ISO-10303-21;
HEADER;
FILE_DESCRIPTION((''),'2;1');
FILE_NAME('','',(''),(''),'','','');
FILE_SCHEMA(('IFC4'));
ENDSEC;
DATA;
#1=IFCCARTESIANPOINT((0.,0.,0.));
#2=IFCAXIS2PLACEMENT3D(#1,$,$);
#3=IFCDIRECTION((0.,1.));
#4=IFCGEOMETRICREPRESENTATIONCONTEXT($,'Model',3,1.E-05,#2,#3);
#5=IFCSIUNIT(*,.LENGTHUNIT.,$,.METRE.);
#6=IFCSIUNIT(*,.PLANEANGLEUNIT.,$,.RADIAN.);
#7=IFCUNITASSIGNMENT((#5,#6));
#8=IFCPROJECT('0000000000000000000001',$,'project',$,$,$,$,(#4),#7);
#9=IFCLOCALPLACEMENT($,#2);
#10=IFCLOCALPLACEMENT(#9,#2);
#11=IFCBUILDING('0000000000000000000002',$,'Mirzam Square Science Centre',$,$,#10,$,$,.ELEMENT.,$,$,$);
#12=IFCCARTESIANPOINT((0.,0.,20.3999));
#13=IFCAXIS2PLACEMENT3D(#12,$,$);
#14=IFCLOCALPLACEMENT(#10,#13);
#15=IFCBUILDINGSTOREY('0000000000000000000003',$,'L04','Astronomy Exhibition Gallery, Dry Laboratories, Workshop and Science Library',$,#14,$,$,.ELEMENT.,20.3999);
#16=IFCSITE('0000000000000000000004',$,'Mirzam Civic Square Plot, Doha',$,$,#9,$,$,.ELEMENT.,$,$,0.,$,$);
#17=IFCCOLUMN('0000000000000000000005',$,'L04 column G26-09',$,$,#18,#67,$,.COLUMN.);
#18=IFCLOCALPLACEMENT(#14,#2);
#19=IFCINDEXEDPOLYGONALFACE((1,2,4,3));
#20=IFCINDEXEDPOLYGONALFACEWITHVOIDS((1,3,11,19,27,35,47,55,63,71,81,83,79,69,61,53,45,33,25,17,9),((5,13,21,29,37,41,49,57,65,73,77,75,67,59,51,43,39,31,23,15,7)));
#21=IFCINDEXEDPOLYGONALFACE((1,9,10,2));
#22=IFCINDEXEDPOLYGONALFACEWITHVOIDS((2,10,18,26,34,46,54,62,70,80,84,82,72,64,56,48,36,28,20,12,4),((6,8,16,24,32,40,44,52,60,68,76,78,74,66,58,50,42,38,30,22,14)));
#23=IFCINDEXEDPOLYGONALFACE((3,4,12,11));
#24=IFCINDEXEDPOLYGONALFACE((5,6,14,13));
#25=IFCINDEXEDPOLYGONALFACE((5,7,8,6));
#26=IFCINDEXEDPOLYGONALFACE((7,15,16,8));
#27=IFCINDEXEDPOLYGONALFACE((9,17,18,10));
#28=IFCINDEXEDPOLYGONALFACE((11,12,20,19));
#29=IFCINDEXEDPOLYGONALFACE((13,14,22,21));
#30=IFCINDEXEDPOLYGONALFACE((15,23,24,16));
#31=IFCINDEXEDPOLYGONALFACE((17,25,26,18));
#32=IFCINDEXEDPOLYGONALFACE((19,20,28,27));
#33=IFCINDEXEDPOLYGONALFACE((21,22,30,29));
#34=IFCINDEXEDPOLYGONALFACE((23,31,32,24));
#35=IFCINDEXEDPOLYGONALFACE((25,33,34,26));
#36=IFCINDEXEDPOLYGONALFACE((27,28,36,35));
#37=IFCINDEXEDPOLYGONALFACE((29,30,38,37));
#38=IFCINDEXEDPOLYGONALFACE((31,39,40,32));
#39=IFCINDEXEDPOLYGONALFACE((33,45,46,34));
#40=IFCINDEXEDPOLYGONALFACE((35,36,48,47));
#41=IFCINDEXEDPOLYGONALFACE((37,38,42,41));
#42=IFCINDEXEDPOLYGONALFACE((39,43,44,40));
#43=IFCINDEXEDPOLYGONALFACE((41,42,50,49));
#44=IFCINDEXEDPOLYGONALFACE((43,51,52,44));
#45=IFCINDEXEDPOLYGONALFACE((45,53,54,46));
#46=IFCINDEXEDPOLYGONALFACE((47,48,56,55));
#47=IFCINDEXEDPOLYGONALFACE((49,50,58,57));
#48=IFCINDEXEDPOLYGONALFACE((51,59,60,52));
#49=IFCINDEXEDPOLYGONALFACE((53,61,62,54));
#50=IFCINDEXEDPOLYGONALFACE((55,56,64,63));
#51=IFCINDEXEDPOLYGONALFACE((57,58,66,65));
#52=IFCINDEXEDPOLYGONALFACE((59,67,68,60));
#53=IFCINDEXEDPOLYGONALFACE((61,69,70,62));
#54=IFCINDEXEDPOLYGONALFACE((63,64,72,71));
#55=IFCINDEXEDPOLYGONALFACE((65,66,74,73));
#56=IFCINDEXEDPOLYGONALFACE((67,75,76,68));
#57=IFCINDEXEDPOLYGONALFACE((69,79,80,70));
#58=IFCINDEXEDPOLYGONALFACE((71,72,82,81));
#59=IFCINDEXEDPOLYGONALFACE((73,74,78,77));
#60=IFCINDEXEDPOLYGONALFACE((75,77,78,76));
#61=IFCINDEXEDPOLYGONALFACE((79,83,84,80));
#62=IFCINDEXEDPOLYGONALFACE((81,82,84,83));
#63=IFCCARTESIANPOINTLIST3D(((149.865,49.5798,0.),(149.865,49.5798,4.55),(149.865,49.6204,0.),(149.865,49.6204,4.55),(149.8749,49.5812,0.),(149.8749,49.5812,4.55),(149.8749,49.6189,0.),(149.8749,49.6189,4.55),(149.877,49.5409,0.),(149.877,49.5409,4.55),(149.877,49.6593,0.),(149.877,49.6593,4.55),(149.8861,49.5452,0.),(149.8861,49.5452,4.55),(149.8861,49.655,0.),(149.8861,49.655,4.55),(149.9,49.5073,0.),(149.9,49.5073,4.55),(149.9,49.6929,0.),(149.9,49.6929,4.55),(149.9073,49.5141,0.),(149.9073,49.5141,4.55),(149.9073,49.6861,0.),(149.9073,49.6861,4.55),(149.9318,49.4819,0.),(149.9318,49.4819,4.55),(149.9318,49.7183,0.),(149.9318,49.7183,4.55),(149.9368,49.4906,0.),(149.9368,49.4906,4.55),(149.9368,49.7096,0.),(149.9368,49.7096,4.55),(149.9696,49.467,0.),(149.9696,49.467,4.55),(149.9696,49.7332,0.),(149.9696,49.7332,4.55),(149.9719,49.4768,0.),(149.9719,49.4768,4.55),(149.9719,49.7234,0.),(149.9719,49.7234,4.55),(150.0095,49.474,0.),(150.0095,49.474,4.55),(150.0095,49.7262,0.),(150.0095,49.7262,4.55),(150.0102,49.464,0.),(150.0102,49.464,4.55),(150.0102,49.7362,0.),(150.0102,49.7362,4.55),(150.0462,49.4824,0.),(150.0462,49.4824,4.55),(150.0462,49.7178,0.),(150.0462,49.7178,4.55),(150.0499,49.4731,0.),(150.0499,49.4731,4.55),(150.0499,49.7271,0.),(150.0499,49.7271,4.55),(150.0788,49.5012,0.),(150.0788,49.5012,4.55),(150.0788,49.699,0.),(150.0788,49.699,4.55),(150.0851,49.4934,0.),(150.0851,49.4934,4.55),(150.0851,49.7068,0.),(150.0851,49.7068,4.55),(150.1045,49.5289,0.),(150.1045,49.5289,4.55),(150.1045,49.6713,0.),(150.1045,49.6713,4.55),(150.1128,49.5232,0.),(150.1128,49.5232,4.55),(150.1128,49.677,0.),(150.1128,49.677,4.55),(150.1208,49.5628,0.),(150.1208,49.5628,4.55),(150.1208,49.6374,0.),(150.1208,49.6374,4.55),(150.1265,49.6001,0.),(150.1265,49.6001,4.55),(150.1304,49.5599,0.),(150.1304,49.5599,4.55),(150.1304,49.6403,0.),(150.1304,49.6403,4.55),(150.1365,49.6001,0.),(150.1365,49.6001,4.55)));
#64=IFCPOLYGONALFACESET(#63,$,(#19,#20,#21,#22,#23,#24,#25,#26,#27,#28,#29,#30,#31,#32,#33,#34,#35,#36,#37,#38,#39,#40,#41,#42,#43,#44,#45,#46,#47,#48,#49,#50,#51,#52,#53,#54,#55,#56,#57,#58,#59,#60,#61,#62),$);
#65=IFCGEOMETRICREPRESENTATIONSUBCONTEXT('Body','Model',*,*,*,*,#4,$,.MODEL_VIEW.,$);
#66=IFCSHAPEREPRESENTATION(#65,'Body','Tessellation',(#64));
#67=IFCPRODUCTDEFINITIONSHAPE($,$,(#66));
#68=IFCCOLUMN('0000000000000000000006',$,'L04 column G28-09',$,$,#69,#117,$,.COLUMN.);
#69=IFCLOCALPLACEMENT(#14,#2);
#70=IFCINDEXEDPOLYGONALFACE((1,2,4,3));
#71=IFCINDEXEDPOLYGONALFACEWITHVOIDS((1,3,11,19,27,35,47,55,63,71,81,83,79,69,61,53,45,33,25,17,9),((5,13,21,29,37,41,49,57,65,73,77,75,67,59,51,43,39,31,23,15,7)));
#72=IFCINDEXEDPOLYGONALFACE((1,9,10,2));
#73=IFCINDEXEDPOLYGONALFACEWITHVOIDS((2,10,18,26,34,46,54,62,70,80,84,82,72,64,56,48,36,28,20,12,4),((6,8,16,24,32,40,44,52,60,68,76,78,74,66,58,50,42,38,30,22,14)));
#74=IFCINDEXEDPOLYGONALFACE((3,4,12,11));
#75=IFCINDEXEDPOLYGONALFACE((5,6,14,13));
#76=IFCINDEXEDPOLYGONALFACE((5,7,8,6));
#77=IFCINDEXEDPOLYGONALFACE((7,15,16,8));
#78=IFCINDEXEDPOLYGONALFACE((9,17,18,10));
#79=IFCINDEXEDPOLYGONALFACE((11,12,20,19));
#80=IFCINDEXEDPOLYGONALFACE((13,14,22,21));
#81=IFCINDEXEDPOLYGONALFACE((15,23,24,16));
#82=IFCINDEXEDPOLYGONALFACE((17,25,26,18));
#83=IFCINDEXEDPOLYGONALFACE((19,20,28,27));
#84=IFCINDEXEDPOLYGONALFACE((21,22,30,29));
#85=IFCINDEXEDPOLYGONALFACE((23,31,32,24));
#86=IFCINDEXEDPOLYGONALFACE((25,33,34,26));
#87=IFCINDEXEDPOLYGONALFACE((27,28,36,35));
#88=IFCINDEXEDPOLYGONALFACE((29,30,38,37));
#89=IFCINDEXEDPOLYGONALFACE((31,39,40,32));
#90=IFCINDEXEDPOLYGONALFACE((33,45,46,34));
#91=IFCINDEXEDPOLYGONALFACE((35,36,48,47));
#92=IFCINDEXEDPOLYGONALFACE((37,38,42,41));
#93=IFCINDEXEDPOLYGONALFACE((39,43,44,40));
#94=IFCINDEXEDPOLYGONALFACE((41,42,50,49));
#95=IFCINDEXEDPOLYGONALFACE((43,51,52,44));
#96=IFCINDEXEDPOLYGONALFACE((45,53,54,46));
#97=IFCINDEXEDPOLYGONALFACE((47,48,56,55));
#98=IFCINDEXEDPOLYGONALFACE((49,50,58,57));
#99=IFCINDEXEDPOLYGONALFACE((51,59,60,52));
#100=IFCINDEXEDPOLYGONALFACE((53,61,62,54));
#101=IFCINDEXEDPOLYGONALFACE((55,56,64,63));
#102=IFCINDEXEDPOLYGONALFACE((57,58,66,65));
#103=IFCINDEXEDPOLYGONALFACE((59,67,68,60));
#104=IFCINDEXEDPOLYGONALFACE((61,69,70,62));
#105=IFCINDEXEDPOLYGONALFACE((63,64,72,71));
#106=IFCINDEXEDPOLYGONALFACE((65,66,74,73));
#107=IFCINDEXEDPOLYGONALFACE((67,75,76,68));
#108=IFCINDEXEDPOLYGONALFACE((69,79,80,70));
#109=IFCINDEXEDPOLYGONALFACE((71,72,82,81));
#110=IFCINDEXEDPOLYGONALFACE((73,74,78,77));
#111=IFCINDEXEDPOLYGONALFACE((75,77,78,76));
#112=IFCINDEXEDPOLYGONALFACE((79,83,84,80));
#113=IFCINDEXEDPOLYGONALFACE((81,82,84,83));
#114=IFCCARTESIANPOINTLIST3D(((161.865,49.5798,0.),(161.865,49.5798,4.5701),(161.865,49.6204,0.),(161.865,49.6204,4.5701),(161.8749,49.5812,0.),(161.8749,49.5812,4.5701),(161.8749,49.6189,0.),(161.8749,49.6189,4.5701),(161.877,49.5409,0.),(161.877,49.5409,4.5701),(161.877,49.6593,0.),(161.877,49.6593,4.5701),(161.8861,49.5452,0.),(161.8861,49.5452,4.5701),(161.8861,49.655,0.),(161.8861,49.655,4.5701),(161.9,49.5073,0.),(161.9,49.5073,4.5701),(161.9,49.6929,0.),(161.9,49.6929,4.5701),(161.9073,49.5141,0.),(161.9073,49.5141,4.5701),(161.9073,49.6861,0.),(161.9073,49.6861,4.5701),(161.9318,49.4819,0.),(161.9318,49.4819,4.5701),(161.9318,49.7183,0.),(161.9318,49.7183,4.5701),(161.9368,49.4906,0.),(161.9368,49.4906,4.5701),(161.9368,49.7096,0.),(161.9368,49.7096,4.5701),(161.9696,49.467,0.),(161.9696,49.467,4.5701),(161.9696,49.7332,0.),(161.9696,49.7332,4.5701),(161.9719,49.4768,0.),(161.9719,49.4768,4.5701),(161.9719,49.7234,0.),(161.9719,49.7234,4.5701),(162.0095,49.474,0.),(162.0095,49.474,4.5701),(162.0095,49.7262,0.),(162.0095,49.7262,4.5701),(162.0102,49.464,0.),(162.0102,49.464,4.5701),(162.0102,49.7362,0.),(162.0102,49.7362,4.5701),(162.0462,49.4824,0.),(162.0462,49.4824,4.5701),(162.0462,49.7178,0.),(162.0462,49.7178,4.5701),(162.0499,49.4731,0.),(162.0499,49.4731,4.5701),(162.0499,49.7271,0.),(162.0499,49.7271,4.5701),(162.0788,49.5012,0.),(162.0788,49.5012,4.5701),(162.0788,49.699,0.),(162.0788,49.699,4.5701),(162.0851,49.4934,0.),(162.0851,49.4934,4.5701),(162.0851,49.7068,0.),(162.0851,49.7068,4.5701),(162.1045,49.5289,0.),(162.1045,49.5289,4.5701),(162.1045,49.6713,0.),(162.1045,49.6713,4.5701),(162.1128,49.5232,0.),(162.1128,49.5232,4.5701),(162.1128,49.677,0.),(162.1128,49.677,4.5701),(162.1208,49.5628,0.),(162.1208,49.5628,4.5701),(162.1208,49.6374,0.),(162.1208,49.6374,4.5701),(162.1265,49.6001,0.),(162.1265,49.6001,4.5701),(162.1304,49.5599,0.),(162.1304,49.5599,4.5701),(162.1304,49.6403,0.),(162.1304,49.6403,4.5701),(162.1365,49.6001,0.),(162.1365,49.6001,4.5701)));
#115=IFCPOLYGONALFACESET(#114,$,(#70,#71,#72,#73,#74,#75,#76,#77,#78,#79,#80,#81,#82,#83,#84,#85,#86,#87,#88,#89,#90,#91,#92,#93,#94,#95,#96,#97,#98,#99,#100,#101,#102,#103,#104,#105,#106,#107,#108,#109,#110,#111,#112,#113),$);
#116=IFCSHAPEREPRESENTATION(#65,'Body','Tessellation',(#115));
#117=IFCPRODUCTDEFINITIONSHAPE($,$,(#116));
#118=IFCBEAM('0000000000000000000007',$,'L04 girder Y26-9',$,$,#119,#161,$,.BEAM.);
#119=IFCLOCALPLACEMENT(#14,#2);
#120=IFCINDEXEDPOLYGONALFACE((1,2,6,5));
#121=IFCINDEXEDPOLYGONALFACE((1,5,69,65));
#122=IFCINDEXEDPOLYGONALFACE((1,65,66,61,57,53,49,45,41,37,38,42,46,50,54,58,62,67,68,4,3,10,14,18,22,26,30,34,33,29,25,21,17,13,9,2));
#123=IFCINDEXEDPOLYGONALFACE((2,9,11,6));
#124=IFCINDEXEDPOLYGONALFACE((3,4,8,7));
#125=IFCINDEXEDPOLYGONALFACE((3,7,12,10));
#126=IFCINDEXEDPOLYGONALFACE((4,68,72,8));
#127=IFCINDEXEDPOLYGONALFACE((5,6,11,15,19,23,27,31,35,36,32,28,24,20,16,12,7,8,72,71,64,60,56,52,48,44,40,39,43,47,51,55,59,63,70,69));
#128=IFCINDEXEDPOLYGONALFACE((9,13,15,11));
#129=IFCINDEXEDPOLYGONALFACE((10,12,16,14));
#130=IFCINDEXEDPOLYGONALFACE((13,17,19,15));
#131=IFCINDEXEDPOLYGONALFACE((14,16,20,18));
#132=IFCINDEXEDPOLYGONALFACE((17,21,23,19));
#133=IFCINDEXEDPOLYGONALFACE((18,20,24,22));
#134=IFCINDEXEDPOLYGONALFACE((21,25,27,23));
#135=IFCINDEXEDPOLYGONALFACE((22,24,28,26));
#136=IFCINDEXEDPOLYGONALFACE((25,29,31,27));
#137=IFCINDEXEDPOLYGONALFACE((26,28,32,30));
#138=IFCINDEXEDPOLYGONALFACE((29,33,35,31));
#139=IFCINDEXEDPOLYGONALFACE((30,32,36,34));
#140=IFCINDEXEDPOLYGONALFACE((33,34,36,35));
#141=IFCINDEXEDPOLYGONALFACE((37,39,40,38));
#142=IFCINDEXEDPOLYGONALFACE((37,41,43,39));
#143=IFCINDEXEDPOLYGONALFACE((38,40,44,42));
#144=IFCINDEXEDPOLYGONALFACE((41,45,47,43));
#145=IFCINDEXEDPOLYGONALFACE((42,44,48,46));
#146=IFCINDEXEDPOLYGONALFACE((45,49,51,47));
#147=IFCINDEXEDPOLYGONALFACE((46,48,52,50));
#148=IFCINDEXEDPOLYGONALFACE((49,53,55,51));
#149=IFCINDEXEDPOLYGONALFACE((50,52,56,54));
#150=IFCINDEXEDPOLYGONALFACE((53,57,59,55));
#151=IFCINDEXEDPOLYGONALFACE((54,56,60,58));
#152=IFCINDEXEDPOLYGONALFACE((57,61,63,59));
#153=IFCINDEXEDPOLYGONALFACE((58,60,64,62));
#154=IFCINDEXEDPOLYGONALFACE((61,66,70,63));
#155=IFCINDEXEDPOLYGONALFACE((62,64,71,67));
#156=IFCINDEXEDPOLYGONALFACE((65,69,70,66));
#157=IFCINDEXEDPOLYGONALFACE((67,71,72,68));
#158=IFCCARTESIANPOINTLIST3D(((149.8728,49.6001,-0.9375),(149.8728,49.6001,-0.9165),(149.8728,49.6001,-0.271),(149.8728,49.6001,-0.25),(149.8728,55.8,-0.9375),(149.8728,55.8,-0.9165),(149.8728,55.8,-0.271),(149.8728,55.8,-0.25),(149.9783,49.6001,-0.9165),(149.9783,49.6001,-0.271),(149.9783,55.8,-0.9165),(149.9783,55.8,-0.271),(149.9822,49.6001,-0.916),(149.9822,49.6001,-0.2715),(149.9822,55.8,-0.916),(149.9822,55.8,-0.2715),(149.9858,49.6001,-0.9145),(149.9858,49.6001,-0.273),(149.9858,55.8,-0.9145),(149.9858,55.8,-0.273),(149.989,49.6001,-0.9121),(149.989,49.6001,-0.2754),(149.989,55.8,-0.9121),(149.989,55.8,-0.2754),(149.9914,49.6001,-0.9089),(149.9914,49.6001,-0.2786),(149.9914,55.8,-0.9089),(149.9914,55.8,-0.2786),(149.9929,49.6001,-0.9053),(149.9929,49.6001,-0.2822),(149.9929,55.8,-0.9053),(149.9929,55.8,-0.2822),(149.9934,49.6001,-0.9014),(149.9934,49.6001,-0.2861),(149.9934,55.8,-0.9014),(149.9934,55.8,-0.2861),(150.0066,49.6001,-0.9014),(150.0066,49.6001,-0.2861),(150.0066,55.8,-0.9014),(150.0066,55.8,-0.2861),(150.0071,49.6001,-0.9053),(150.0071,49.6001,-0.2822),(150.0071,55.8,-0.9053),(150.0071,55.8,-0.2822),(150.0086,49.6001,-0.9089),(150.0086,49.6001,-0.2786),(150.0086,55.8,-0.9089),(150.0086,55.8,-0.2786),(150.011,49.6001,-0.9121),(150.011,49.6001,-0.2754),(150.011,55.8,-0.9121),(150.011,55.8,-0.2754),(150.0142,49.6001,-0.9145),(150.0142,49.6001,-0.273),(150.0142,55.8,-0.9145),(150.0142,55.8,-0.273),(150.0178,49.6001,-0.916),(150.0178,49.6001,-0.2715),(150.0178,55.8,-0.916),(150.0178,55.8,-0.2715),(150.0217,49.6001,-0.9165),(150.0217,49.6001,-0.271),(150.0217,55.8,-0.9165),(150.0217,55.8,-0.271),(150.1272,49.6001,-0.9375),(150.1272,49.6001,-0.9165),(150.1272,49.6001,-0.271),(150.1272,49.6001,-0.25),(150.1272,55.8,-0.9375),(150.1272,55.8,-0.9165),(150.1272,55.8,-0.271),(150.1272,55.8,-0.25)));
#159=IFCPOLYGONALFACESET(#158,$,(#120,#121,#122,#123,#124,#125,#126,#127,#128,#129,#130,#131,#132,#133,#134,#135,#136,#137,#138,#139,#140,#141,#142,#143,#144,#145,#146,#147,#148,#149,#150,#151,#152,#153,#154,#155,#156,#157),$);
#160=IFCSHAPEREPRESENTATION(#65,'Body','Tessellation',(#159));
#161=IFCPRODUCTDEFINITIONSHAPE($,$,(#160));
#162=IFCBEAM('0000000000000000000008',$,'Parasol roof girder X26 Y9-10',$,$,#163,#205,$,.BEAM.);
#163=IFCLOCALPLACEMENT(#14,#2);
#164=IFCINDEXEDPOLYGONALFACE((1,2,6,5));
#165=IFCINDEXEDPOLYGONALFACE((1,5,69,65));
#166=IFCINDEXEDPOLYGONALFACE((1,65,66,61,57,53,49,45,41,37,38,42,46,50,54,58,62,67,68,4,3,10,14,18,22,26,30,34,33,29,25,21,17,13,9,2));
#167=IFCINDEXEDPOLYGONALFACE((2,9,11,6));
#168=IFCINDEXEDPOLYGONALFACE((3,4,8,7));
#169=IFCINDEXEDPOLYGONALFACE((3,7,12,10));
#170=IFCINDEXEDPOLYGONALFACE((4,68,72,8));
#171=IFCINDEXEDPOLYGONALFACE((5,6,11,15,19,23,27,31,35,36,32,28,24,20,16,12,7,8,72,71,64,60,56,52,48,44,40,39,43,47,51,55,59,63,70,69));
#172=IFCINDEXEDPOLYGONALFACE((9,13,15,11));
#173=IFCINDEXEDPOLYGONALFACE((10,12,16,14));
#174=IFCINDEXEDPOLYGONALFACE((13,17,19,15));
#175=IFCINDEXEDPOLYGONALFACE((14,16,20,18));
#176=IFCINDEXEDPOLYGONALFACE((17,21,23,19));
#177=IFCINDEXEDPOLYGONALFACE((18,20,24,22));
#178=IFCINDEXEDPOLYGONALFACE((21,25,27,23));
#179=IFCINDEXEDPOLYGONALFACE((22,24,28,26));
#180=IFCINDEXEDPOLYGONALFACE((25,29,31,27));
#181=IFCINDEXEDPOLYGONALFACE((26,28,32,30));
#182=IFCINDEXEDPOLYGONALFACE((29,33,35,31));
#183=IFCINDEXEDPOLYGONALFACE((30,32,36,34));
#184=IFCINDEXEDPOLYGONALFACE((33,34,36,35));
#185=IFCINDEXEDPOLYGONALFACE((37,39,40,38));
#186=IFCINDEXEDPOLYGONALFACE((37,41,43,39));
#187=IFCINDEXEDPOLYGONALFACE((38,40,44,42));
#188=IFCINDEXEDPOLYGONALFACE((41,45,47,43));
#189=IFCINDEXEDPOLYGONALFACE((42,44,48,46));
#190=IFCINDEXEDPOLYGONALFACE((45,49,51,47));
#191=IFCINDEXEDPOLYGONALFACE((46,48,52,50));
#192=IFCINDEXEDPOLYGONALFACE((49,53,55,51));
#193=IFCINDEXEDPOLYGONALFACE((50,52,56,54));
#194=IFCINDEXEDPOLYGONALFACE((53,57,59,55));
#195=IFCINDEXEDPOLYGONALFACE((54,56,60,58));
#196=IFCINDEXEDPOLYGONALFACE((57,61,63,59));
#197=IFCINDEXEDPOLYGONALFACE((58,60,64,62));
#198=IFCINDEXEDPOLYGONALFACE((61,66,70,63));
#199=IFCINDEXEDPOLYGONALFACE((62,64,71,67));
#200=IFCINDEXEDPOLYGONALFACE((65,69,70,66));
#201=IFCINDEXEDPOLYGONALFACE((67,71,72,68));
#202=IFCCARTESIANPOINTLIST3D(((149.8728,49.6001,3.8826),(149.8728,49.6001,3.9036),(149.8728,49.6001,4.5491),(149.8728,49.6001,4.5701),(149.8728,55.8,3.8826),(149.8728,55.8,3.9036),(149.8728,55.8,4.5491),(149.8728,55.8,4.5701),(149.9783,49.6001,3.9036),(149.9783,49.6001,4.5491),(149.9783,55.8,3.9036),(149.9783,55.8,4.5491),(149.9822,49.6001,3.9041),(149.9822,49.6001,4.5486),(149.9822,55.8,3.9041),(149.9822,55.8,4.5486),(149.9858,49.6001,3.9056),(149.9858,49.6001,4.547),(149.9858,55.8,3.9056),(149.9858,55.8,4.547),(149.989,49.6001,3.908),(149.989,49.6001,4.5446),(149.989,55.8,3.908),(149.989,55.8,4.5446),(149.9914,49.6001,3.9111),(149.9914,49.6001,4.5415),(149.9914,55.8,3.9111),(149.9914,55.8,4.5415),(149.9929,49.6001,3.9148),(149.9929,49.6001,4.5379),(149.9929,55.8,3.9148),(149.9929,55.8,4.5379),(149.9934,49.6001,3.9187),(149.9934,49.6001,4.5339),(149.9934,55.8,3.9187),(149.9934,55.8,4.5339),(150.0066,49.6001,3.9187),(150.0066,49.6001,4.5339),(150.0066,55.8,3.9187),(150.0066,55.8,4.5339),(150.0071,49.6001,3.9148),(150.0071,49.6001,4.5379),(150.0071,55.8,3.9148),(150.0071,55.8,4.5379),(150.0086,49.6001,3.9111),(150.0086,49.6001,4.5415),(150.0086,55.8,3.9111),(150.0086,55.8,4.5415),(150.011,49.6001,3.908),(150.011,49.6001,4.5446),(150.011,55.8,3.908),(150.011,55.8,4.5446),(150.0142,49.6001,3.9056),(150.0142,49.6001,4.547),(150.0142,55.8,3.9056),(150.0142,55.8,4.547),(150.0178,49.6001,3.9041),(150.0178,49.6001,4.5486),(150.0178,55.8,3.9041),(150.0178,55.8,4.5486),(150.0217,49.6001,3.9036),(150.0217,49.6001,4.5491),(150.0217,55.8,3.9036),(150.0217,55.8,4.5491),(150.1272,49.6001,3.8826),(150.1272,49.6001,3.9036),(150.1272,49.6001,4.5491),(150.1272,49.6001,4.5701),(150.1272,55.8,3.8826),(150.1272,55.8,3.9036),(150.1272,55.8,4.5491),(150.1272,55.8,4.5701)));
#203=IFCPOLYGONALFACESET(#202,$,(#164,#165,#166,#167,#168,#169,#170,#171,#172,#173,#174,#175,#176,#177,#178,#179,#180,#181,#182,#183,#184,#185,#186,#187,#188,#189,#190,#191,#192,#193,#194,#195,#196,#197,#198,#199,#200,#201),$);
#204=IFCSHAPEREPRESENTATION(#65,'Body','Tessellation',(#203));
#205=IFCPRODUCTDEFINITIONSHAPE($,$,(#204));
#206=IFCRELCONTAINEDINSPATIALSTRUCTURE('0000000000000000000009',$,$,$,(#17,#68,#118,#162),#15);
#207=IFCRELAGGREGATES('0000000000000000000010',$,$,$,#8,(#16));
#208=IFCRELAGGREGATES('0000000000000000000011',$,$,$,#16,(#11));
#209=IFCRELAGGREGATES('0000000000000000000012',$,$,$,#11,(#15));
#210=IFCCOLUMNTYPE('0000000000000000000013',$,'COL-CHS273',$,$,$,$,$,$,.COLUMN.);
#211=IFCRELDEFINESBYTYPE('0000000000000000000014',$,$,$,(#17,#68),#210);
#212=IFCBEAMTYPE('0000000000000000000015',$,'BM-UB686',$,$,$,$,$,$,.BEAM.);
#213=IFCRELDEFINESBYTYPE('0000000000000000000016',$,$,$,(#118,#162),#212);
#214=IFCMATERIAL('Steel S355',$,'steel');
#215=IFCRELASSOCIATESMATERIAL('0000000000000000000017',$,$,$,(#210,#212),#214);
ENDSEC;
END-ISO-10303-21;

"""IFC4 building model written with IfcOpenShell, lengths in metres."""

from ifc_helpers import new_model, si_unit, direction, frame, origin, origin_2d, place, context, subcontext, project, spatial, hollow_circle, i_section, extrude, material, material_profile, profile_set, type_object, element, save


model = new_model("IFC4")

# Units and contexts
model_context = context("Model", 3, precision=1e-05, world=origin(), true_north=direction((0.0, 1.0)))
body_context = subcontext(model_context, "Body", "Model", "MODEL_VIEW")
ifc_project = project(units=[si_unit("LENGTHUNIT", "METRE"), si_unit("PLANEANGLEUNIT", "RADIAN")], contexts=[model_context])

# Site, building, storey
site_placement = place(None, origin())
site = spatial("IfcSite", under=ifc_project, at=site_placement, Name="Mirzam Civic Square Plot, Doha", CompositionType="ELEMENT", RefElevation=0.0)
building_placement = place(site_placement, origin())
building = spatial("IfcBuilding", under=site, at=building_placement, Name="Mirzam Square Science Centre", CompositionType="ELEMENT")
storey_placement = place(building_placement, frame((0.0, 0.0, 20.3999)))
storey = spatial("IfcBuildingStorey", under=building, at=storey_placement, Name="L04", Description="Astronomy Exhibition Gallery, Dry Laboratories, Workshop and Science Library", CompositionType="ELEMENT", Elevation=20.3999)

# Columns
ifc_material_1 = material(Name="Steel S355", Category="steel")
ifc_material_profile_1 = material_profile(ifc_material_1, hollow_circle(Radius=0.1365, WallThickness=0.01, at=origin_2d()), Name="273.0x10.0CHS")
ifc_profile_set_1 = profile_set([ifc_material_profile_1], Name="Steel S355")
column_type = type_object("IfcColumnType", Name="COL-CHS273", PredefinedType="COLUMN", material=ifc_profile_set_1)
column_1_placement = place(storey_placement, frame((150.0, 49.6001, 0.0), z_axis=(0.0, 0.0, 1.0), x_axis=(1.0, 0.0, 0.0)))
element("IfcColumn", 1, at=column_1_placement, inside=storey, type_object=column_type, Name="L04 column G26-09", PredefinedType="COLUMN", context=body_context, shape_type="SweptSolid", body=[
    extrude(hollow_circle(Radius=0.1365, WallThickness=0.01, at=origin_2d()), origin(), (0.0, 0.0, 1.0), 4.55),
])
column_2_placement = place(storey_placement, frame((162.0, 49.6001, 0.0), z_axis=(0.0, 0.0, 1.0), x_axis=(1.0, 0.0, 0.0)))
element("IfcColumn", 2, at=column_2_placement, inside=storey, type_object=column_type, Name="L04 column G28-09", PredefinedType="COLUMN", context=body_context, shape_type="SweptSolid", body=[
    extrude(hollow_circle(Radius=0.1365, WallThickness=0.01, at=origin_2d()), origin(), (0.0, 0.0, 1.0), 4.5701),
])

# Beams
ifc_material_profile_2 = material_profile(ifc_material_1, i_section(OverallWidth=0.2544, OverallDepth=0.6875, WebThickness=0.0132, FlangeThickness=0.021, FilletRadius=0.0151, at=origin_2d()), Name="686x254x152UB")
ifc_profile_set_2 = profile_set([ifc_material_profile_2], Name="Steel S355")
beam_type_1 = type_object("IfcBeamType", Name="BM-UB686", PredefinedType="BEAM", material=ifc_profile_set_2)
for number, where, z_axis, x_axis, name in (
    (3, (150.0, 49.6001, -0.5938), (0.0, 1.0, 0.0), (-1.0, 0.0, 0.0), "L04 girder Y26-9"),
    (4, (150.0, 49.6001, 4.2263), (0.0, 1.0, 0.0), (-1.0, 0.0, 0.0), "Parasol roof girder X26 Y9-10"),
):
    element("IfcBeam", number, at=place(storey_placement, frame(where, z_axis=z_axis, x_axis=x_axis)), inside=storey, type_object=beam_type_1, Name=name, PredefinedType="BEAM", context=body_context, shape_type="SweptSolid", body=[
        extrude(i_section(OverallWidth=0.2544, OverallDepth=0.6875, WebThickness=0.0132, FlangeThickness=0.021, FilletRadius=0.0151, at=origin_2d()), origin(), (0.0, 0.0, 1.0), 6.2),
    ])

save(model, "model.ifc")
